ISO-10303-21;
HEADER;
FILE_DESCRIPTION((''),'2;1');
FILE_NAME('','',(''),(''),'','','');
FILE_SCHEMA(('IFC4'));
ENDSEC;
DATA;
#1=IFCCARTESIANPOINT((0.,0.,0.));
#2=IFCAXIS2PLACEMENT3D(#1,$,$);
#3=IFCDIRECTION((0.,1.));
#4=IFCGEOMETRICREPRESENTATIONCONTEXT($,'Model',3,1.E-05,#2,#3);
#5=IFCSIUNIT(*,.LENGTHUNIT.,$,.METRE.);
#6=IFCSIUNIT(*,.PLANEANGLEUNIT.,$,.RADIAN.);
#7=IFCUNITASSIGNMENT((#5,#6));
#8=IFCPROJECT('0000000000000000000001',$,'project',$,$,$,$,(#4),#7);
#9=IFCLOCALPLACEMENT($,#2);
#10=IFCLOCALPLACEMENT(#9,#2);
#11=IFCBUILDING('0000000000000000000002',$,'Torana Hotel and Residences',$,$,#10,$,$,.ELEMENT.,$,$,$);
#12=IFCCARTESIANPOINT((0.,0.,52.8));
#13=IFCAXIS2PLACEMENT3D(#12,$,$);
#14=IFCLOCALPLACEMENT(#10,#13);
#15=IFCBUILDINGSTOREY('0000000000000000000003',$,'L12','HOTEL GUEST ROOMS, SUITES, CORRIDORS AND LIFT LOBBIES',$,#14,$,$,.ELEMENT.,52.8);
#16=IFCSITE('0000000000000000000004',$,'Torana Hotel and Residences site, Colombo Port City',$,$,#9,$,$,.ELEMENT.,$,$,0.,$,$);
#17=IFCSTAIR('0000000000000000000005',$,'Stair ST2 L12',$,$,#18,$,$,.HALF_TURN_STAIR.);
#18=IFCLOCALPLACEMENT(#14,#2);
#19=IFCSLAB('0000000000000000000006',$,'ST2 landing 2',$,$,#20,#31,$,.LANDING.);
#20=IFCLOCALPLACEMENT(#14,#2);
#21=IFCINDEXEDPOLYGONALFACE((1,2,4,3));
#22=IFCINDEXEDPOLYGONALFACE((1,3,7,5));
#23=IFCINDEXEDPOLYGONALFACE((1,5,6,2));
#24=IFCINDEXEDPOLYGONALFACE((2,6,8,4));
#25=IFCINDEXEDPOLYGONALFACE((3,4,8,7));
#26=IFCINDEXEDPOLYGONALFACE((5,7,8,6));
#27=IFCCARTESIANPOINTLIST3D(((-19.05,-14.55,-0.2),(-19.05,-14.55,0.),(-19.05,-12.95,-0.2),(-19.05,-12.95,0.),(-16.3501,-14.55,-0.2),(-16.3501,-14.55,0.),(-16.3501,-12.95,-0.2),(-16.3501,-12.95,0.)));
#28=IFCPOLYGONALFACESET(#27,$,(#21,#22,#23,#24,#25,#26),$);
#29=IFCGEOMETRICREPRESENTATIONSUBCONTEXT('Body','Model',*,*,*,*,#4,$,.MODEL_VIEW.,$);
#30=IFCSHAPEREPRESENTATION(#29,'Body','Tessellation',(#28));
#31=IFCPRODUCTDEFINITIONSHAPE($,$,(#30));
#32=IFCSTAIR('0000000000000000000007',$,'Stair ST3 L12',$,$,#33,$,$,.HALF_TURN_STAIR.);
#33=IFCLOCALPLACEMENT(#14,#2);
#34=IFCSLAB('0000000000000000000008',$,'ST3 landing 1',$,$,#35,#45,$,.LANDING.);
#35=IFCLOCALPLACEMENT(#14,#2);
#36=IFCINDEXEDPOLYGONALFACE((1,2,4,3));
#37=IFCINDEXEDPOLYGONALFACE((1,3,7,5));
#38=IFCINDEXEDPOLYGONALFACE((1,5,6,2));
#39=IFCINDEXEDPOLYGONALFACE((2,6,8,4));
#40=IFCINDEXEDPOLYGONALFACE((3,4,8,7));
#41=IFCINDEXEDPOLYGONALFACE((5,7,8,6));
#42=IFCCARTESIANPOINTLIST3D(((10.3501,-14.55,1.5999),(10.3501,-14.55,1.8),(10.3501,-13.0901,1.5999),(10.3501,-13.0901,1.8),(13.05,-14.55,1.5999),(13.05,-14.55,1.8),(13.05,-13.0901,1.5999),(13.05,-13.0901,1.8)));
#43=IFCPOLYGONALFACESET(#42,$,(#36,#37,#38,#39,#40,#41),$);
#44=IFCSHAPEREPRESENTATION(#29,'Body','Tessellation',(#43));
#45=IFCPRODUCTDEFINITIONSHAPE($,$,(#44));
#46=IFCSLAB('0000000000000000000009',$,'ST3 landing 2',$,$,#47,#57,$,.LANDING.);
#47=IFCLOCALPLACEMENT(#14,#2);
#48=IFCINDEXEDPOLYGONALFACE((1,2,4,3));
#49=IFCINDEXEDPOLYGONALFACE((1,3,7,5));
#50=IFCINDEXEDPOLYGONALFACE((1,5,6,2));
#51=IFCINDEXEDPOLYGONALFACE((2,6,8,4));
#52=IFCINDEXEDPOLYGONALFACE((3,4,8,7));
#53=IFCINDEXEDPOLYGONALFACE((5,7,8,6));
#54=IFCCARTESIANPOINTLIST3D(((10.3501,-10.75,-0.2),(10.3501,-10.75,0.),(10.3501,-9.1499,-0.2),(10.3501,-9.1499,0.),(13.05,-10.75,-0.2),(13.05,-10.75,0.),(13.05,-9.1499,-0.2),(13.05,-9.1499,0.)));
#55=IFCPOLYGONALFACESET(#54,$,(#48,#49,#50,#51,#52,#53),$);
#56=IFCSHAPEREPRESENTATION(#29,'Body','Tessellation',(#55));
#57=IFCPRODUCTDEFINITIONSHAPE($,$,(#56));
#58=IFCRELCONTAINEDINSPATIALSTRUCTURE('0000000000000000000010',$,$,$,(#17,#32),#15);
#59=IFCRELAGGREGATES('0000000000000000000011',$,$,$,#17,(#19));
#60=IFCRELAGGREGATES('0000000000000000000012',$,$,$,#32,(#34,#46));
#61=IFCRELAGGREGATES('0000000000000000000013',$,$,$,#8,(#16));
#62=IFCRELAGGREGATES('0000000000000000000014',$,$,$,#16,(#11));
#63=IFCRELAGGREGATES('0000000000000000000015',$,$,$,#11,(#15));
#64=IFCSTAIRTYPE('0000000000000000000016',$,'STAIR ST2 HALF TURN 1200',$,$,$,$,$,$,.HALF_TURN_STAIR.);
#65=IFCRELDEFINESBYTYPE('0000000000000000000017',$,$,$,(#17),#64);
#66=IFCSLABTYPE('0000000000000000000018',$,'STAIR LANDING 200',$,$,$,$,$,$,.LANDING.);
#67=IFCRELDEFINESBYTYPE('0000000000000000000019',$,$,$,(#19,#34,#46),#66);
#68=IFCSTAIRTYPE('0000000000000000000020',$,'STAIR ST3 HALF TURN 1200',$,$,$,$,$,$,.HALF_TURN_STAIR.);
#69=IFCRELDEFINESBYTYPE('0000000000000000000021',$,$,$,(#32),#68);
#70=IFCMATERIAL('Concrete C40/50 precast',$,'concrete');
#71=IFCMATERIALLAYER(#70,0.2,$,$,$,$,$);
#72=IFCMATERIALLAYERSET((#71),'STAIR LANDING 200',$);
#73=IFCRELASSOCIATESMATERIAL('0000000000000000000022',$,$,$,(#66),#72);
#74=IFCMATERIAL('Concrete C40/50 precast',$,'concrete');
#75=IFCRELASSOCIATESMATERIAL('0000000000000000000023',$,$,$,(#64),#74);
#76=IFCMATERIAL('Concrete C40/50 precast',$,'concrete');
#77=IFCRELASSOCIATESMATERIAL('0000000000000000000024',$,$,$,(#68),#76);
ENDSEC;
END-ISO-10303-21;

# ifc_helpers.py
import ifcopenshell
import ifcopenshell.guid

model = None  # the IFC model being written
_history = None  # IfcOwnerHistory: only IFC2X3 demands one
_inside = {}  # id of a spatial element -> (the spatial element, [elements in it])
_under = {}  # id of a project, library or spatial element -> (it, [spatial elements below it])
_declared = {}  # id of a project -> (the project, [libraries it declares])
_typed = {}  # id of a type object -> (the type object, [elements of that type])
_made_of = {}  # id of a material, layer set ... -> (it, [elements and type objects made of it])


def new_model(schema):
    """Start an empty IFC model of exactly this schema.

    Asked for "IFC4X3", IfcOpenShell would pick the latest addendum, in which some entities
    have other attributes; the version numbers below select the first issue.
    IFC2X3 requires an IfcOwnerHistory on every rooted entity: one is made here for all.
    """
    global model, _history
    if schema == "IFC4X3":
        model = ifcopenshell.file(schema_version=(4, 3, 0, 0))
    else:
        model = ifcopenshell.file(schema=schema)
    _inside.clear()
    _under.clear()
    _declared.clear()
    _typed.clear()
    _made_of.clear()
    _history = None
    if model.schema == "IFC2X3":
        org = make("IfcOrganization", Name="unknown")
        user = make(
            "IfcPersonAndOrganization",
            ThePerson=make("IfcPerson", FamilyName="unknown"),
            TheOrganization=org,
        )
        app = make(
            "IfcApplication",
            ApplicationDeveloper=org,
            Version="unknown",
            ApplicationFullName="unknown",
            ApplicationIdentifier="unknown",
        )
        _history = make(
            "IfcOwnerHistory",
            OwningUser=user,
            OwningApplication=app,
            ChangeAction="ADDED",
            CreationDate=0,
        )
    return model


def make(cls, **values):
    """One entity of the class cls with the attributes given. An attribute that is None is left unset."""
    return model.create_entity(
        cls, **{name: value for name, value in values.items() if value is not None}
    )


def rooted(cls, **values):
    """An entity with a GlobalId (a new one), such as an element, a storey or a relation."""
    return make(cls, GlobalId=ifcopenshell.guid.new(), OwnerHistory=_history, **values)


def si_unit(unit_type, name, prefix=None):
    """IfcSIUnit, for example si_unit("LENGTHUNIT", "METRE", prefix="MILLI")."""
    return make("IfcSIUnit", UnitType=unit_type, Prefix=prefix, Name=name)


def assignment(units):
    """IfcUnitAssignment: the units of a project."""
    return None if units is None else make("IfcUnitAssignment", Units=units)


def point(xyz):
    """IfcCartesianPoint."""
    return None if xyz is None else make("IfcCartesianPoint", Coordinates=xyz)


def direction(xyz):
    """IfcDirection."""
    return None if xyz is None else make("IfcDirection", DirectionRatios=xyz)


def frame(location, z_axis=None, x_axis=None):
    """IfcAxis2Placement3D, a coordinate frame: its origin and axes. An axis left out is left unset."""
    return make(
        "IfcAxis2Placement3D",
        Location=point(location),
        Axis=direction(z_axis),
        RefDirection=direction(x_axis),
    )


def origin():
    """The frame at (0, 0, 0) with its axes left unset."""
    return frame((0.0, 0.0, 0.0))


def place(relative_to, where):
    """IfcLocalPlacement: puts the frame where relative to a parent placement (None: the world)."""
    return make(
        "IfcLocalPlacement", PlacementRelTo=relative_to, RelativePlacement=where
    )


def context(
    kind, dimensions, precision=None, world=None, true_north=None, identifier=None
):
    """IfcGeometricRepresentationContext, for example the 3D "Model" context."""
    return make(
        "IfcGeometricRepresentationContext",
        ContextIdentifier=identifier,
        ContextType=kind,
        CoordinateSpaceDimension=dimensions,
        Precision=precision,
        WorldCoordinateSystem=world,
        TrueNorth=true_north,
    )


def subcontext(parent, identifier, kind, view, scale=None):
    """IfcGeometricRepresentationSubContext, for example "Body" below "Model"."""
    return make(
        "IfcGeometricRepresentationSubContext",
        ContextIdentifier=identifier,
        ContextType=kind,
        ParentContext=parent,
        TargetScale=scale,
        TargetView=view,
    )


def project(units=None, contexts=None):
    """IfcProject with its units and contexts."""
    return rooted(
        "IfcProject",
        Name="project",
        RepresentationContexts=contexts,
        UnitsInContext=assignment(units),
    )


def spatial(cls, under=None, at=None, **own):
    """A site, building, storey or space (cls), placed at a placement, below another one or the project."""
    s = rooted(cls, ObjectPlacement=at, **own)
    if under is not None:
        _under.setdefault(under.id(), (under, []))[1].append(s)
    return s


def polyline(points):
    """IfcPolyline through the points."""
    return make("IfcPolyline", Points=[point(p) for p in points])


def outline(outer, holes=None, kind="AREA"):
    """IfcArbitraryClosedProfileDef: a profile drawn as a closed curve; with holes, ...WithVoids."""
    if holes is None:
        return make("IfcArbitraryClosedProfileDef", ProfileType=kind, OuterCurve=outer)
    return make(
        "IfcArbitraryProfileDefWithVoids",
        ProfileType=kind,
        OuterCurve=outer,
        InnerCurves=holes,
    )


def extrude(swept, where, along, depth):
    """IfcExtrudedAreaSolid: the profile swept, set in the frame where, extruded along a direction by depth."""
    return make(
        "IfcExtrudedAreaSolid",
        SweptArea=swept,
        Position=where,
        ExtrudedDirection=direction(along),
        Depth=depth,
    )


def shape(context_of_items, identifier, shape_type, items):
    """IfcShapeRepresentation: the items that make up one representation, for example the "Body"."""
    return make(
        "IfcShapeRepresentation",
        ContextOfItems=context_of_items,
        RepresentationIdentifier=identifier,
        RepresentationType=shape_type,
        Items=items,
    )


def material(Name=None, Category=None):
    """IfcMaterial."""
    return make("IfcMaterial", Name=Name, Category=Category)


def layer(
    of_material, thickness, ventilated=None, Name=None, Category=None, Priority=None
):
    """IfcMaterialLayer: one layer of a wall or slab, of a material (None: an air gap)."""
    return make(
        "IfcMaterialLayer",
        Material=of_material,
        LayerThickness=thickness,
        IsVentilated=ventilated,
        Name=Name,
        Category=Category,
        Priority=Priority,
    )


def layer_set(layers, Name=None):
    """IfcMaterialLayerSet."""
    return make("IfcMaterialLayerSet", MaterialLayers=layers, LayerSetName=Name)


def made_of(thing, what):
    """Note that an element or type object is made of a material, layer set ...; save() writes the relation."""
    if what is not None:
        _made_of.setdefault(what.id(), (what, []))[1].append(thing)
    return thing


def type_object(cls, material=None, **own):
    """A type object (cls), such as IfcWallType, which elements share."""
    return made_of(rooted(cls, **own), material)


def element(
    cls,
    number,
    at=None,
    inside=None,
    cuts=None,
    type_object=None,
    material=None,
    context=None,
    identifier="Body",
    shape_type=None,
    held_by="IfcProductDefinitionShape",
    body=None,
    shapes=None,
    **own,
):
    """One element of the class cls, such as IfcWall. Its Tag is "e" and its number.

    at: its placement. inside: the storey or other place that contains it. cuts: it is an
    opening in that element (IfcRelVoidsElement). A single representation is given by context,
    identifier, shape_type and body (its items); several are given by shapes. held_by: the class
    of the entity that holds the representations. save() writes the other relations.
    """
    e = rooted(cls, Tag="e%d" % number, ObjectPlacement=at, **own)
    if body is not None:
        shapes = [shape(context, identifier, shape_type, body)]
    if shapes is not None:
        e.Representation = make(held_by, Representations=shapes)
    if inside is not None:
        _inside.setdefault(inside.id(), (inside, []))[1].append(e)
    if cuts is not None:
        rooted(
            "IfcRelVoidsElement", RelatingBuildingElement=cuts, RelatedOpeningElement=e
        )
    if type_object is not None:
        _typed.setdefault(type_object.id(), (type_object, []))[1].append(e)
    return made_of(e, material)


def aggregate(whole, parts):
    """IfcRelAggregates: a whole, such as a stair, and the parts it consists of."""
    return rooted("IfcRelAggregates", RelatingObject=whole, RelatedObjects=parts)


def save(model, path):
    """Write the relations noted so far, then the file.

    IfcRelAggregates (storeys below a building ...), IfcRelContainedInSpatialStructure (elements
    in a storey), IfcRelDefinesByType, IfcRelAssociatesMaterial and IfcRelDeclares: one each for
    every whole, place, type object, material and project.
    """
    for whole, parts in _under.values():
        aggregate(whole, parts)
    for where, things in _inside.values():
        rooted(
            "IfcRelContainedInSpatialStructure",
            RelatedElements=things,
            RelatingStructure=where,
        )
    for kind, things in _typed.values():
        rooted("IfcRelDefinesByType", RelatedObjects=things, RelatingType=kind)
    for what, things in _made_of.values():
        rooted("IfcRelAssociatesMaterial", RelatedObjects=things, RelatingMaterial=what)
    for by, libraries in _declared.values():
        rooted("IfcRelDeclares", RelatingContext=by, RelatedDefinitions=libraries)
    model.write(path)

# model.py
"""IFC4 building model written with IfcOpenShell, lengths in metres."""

from ifc_helpers import new_model, si_unit, direction, frame, origin, place, context, subcontext, project, spatial, polyline, outline, extrude, material, layer, layer_set, type_object, element, aggregate, save


model = new_model("IFC4")

# Units and contexts
model_context = context("Model", 3, precision=1e-05, world=origin(), true_north=direction((0.0, 1.0)))
body_context = subcontext(model_context, "Body", "Model", "MODEL_VIEW")
ifc_project = project(units=[si_unit("LENGTHUNIT", "METRE"), si_unit("PLANEANGLEUNIT", "RADIAN")], contexts=[model_context])

# Site, building, storey
site_placement = place(None, origin())
site = spatial("IfcSite", under=ifc_project, at=site_placement, Name="Torana Hotel and Residences site, Colombo Port City", CompositionType="ELEMENT", RefElevation=0.0)
building_placement = place(site_placement, origin())
building = spatial("IfcBuilding", under=site, at=building_placement, Name="Torana Hotel and Residences", CompositionType="ELEMENT")
storey_placement = place(building_placement, frame((0.0, 0.0, 52.8)))
storey = spatial("IfcBuildingStorey", under=building, at=storey_placement, Name="L12", Description="HOTEL GUEST ROOMS, SUITES, CORRIDORS AND LIFT LOBBIES", CompositionType="ELEMENT", Elevation=52.8)

# Stairs, slabs
ifc_material_1 = material(Name="Concrete C40/50 precast", Category="concrete")
ifc_layer_1 = layer(ifc_material_1, 0.2)
ifc_layer_set_1 = layer_set([ifc_layer_1], Name="STAIR LANDING 200")
slab_type_1 = type_object("IfcSlabType", Name="STAIR LANDING 200", PredefinedType="LANDING", material=ifc_layer_set_1)
ifc_material_2 = material(Name="Concrete C40/50 precast", Category="concrete")
stair_type_1 = type_object("IfcStairType", Name="STAIR ST2 HALF TURN 1200", PredefinedType="HALF_TURN_STAIR", material=ifc_material_2)
stair_1_placement = place(storey_placement, origin())
stair_1 = element("IfcStair", 1, at=stair_1_placement, inside=storey, type_object=stair_type_1, Name="Stair ST2 L12", PredefinedType="HALF_TURN_STAIR")
slab_1_placement = place(storey_placement, frame((0.0, 0.0, -0.2)))
slab_1 = element("IfcSlab", 2, at=slab_1_placement, type_object=slab_type_1, Name="ST2 landing 2", PredefinedType="LANDING", context=body_context, shape_type="SweptSolid", body=[
    extrude(outline(polyline([(-19.05, -14.55), (-16.3501, -14.55), (-16.3501, -12.95), (-19.05, -12.95), (-19.05, -14.55)])), origin(), (0.0, 0.0, 1.0), 0.2),
])
aggregate(stair_1, [slab_1])
ifc_material_3 = material(Name="Concrete C40/50 precast", Category="concrete")
stair_type_2 = type_object("IfcStairType", Name="STAIR ST3 HALF TURN 1200", PredefinedType="HALF_TURN_STAIR", material=ifc_material_3)
stair_2_placement = place(storey_placement, origin())
stair_2 = element("IfcStair", 3, at=stair_2_placement, inside=storey, type_object=stair_type_2, Name="Stair ST3 L12", PredefinedType="HALF_TURN_STAIR")
slab_2_placement = place(storey_placement, frame((0.0, 0.0, 1.5999)))
slab_2 = element("IfcSlab", 4, at=slab_2_placement, type_object=slab_type_1, Name="ST3 landing 1", PredefinedType="LANDING", context=body_context, shape_type="SweptSolid", body=[
    extrude(outline(polyline([(10.3501, -14.55), (13.05, -14.55), (13.05, -13.0901), (10.3501, -13.0901), (10.3501, -14.55)])), origin(), (0.0, 0.0, 1.0), 0.2002),
])
slab_3_placement = place(storey_placement, frame((0.0, 0.0, -0.2)))
slab_3 = element("IfcSlab", 5, at=slab_3_placement, type_object=slab_type_1, Name="ST3 landing 2", PredefinedType="LANDING", context=body_context, shape_type="SweptSolid", body=[
    extrude(outline(polyline([(10.3501, -10.75), (13.05, -10.75), (13.05, -9.1499), (10.3501, -9.1499), (10.3501, -10.75)])), origin(), (0.0, 0.0, 1.0), 0.2),
])
aggregate(stair_2, [slab_2, slab_3])

save(model, "model.ifc")
